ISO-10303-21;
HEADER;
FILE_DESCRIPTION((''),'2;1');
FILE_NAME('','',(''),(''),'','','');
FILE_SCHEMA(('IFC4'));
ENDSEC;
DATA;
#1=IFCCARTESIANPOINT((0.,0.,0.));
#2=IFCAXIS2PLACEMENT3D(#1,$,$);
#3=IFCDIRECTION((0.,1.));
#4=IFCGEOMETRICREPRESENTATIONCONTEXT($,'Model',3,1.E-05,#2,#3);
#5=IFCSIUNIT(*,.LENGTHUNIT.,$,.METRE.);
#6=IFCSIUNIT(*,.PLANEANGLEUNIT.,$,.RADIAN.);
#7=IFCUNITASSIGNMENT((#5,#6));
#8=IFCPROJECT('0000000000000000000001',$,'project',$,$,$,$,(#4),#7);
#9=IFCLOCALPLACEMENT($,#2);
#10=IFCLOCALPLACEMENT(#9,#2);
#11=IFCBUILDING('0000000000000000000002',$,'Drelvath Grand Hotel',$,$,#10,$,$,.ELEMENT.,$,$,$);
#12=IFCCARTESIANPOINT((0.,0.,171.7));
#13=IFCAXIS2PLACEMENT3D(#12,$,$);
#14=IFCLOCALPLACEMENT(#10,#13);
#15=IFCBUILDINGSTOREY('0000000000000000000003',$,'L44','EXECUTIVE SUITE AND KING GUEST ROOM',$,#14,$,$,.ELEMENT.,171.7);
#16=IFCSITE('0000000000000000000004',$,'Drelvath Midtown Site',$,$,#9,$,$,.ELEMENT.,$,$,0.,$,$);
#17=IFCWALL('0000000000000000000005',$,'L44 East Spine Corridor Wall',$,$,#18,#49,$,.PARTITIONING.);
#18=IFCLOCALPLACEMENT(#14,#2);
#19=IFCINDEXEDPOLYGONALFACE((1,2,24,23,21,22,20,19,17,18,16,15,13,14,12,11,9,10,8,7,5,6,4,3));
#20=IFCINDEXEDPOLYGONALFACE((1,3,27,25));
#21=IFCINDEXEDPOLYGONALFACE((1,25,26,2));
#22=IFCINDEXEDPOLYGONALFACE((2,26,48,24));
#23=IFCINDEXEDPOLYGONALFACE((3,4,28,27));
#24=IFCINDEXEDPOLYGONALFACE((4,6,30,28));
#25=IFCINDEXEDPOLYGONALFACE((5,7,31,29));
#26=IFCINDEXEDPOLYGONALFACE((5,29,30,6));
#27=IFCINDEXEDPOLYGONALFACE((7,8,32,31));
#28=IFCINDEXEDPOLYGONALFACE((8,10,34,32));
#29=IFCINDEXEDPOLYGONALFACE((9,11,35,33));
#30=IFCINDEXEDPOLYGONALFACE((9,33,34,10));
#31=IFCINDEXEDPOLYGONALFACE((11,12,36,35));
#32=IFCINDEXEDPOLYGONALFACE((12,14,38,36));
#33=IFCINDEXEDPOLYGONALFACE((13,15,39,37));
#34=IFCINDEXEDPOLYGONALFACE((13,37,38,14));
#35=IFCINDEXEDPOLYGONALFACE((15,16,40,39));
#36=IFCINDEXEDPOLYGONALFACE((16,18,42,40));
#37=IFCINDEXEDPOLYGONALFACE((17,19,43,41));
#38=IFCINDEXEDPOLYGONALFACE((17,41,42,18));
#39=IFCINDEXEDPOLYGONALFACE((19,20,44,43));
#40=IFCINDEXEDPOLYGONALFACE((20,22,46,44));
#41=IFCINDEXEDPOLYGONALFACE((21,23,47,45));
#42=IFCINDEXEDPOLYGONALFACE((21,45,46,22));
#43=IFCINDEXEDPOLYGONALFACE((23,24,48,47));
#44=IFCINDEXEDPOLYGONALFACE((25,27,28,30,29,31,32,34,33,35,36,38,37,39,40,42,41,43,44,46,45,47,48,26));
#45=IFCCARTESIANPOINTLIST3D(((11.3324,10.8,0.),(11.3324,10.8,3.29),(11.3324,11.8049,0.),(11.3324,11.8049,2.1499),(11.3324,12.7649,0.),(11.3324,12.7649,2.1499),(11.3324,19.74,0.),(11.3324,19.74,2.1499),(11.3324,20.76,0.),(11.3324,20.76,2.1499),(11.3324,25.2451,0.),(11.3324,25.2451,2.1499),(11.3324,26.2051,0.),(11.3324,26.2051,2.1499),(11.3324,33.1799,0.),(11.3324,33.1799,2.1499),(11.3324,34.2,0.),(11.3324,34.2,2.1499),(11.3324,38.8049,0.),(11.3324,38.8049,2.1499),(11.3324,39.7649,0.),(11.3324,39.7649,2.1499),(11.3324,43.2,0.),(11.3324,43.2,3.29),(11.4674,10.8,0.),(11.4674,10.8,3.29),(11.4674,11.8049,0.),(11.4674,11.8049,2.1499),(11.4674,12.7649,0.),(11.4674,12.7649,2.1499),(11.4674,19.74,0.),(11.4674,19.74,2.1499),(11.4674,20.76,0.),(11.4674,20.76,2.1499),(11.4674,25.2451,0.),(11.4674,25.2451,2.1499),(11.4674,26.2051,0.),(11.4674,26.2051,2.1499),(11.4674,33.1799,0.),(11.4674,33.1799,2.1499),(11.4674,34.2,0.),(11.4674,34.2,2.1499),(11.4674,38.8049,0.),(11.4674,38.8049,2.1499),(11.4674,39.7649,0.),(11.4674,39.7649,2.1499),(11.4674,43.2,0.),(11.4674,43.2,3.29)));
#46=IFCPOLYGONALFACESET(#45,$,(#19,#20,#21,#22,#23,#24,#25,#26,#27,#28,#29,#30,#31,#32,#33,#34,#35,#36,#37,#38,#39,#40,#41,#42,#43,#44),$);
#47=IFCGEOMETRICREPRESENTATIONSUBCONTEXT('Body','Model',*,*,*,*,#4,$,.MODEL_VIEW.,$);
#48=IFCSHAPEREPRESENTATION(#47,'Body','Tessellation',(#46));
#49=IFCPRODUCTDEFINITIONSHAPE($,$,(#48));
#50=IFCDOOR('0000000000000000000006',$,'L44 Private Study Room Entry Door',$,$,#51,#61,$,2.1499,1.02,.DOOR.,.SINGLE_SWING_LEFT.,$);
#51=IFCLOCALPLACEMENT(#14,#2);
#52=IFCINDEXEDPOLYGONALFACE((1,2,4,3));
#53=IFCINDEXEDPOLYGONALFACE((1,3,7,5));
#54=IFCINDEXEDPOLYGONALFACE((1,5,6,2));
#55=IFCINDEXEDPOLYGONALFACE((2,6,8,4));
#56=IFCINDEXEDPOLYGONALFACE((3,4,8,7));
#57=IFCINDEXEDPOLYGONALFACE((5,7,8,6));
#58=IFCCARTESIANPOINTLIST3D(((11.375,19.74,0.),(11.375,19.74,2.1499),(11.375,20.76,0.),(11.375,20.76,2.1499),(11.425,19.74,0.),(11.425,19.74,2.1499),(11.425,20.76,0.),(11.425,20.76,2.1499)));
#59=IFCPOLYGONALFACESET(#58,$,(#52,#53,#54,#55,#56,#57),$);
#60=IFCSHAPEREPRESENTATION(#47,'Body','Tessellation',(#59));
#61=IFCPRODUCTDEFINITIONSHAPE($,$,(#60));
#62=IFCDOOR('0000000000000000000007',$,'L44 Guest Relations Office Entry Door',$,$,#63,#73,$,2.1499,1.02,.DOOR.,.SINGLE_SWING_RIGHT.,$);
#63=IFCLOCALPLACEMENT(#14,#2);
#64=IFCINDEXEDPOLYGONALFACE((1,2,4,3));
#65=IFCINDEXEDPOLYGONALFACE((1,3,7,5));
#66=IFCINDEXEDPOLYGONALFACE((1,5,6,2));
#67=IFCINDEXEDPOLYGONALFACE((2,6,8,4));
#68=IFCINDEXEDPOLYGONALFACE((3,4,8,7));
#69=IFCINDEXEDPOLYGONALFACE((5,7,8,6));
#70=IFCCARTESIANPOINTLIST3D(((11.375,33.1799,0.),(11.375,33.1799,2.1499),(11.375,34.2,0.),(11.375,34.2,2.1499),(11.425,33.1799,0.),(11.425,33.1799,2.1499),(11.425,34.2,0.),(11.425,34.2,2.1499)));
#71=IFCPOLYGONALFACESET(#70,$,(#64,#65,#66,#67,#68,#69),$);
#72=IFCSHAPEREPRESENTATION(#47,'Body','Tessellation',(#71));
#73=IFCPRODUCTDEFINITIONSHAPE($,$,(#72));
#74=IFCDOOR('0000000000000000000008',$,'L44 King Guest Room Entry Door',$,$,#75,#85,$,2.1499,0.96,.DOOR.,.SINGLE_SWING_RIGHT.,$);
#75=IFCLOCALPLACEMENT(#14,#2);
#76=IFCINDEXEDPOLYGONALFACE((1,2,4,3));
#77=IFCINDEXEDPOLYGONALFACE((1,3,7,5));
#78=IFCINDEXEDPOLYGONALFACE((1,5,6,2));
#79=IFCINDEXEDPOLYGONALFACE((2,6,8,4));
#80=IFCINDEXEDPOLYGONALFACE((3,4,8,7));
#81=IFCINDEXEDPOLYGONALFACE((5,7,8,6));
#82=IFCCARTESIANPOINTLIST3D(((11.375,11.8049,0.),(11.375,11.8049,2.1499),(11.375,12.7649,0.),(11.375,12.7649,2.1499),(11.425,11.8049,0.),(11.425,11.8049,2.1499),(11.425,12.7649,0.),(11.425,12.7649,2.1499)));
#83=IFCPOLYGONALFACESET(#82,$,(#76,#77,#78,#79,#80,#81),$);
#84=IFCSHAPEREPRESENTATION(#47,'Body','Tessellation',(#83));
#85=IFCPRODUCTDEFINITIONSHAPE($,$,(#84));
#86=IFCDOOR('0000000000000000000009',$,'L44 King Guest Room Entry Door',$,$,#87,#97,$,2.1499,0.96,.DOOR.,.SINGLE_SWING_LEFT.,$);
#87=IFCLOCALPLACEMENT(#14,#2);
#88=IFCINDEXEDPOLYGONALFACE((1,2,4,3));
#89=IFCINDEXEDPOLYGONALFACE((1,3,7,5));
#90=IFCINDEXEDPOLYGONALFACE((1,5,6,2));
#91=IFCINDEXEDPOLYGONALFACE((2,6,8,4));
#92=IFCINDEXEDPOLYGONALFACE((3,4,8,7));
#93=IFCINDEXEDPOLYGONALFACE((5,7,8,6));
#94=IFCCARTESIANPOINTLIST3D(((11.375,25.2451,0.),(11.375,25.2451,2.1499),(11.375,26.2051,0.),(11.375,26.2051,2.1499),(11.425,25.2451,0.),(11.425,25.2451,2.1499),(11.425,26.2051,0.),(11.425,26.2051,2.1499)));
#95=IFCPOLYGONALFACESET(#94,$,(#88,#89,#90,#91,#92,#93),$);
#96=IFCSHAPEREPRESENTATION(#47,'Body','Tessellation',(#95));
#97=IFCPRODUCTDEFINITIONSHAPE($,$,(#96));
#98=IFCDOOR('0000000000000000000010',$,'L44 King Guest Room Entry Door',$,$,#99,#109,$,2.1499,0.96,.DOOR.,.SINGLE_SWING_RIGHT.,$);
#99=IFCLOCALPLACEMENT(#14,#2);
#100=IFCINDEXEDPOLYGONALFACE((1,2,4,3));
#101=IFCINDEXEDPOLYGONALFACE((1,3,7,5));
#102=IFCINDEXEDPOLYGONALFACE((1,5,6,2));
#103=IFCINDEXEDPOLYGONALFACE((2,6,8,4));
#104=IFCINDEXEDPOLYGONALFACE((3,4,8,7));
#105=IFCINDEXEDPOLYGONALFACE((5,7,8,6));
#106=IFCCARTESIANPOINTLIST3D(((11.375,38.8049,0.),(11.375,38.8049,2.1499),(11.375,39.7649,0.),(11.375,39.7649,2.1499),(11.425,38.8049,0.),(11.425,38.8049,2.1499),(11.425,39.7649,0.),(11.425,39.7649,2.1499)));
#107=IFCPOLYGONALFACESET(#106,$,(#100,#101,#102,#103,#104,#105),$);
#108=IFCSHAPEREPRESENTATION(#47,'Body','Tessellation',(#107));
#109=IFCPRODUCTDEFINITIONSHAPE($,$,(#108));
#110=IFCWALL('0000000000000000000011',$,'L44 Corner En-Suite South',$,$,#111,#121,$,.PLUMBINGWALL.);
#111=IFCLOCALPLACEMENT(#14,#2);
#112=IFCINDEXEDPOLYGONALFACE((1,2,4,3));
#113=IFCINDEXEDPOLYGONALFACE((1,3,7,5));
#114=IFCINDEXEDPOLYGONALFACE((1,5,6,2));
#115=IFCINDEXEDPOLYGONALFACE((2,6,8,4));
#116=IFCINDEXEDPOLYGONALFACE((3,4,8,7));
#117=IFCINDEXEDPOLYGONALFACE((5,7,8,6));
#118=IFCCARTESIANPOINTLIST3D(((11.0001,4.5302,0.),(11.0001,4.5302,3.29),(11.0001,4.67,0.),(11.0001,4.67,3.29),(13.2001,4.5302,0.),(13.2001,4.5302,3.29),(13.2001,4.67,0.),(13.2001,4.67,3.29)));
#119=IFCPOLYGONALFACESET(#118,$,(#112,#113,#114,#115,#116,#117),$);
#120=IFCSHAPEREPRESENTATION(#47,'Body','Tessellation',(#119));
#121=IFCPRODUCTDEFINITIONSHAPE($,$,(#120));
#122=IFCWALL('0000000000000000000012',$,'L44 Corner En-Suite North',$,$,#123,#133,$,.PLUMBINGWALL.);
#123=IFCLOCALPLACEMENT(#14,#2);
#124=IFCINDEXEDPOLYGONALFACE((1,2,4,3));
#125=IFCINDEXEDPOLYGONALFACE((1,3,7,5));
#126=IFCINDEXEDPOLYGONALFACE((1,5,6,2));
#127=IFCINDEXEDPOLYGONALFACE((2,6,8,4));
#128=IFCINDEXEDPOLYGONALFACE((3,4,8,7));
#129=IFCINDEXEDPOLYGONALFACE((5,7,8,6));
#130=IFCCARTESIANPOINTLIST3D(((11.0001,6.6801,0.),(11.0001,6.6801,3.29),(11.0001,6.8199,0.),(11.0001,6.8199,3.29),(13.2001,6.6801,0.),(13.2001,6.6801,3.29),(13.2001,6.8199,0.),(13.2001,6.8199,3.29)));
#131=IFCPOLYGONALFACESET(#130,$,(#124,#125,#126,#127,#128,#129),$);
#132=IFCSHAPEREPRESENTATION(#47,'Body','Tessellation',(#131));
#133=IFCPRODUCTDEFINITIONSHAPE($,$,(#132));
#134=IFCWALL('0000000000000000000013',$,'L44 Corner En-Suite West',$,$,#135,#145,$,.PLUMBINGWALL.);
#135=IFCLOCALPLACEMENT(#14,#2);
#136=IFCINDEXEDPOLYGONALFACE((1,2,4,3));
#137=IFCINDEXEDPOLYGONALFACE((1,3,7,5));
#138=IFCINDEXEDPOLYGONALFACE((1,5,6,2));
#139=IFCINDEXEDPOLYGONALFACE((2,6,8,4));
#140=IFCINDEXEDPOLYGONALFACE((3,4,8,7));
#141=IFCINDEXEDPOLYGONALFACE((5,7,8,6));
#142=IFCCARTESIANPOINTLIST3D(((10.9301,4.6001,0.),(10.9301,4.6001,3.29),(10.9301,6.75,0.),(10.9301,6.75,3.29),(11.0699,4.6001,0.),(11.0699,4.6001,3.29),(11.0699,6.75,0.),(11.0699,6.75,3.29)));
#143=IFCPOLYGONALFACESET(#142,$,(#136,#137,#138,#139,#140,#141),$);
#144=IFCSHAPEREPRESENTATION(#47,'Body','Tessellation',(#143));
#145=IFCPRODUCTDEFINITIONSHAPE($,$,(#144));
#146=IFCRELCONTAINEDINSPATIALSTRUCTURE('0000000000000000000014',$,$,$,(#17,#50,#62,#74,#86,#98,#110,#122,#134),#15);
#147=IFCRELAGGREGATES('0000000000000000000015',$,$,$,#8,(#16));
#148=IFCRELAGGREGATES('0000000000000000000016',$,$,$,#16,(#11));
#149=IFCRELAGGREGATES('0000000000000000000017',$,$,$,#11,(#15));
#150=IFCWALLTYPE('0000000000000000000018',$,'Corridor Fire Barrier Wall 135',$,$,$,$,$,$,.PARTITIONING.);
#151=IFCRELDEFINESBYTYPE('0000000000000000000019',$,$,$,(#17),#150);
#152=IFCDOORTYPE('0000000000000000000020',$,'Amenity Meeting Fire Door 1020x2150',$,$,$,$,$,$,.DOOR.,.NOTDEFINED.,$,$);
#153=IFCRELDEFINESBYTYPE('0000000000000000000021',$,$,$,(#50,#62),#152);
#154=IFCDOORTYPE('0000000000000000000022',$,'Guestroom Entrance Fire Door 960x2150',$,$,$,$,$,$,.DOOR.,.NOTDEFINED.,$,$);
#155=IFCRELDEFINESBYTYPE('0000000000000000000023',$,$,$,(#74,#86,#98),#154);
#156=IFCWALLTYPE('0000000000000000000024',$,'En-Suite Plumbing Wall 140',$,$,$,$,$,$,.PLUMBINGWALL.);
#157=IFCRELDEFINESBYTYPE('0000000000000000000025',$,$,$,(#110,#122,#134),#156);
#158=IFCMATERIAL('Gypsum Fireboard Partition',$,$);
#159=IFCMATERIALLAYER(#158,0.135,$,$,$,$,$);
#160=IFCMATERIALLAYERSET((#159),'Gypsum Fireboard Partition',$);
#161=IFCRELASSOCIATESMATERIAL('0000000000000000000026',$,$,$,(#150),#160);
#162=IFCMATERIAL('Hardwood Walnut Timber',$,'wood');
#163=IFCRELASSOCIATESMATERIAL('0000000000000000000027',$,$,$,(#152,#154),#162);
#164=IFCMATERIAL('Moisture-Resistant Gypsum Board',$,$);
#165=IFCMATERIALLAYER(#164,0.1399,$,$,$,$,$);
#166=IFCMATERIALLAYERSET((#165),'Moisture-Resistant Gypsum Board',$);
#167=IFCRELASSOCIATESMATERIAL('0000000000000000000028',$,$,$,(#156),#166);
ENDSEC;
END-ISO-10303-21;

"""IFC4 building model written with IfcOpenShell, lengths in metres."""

from ifc_helpers import new_model, si_unit, direction, frame, frame_2d, origin, place, context, subcontext, project, spatial, rectangle, extrude, material, layer, layer_set, type_object, element, fill, save


model = new_model("IFC4")

# Units and contexts
model_context = context("Model", 3, precision=1e-05, world=origin(), true_north=direction((0.0, 1.0)))
body_context = subcontext(model_context, "Body", "Model", "MODEL_VIEW")
ifc_project = project(units=[si_unit("LENGTHUNIT", "METRE"), si_unit("PLANEANGLEUNIT", "RADIAN")], contexts=[model_context])

# Site, building, storey
site_placement = place(None, origin())
site = spatial("IfcSite", under=ifc_project, at=site_placement, Name="Drelvath Midtown Site", CompositionType="ELEMENT", RefElevation=0.0)
building_placement = place(site_placement, origin())
building = spatial("IfcBuilding", under=site, at=building_placement, Name="Drelvath Grand Hotel", CompositionType="ELEMENT")
storey_placement = place(building_placement, frame((0.0, 0.0, 171.7)))
storey = spatial("IfcBuildingStorey", under=building, at=storey_placement, Name="L44", Description="EXECUTIVE SUITE AND KING GUEST ROOM", CompositionType="ELEMENT", Elevation=171.7)

# Shared definitions
ifc_material_1 = material(Name="Gypsum Fireboard Partition")
ifc_layer_1 = layer(ifc_material_1, 0.135)
ifc_layer_set_1 = layer_set([ifc_layer_1], Name="Gypsum Fireboard Partition")
wall_type_1 = type_object("IfcWallType", Name="Corridor Fire Barrier Wall 135", PredefinedType="PARTITIONING", material=ifc_layer_set_1)

# Wall, openings, doors
wall_1_placement = place(storey_placement, frame((11.3999, 10.8, 0.0), z_axis=(0.0, 0.0, 1.0), x_axis=(0.0, 1.0, 0.0)))
wall_1 = element("IfcWall", 1, at=wall_1_placement, inside=storey, type_object=wall_type_1, Name="L44 East Spine Corridor Wall", PredefinedType="PARTITIONING", context=body_context, shape_type="SweptSolid", body=[
    extrude(rectangle(XDim=32.3999, YDim=0.135, at=frame_2d((16.2, 0.0))), origin(), (0.0, 0.0, 1.0), 3.29),
])
opening_1_placement = place(wall_1_placement, frame((1.0049, 0.0, 0.0)))
opening_1 = element("IfcOpeningElement", 2, at=opening_1_placement, cuts=wall_1, PredefinedType="OPENING", context=body_context, shape_type="SweptSolid", body=[
    extrude(rectangle(XDim=0.96, YDim=2.1499, at=frame_2d((0.48, 1.075))), frame((0.0, 0.0774, 0.0), z_axis=(0.0, -1.0, 0.0), x_axis=(1.0, 0.0, 0.0)), (0.0, 0.0, 1.0), 0.155),
])
opening_2_placement = place(wall_1_placement, frame((8.9399, 0.0, 0.0)))
opening_2 = element("IfcOpeningElement", 3, at=opening_2_placement, cuts=wall_1, PredefinedType="OPENING", context=body_context, shape_type="SweptSolid", body=[
    extrude(rectangle(XDim=1.02, YDim=2.1499, at=frame_2d((0.51, 1.075))), frame((0.0, 0.0774, 0.0), z_axis=(0.0, -1.0, 0.0), x_axis=(1.0, 0.0, 0.0)), (0.0, 0.0, 1.0), 0.155),
])
opening_3_placement = place(wall_1_placement, frame((14.4451, 0.0, 0.0)))
opening_3 = element("IfcOpeningElement", 4, at=opening_3_placement, cuts=wall_1, PredefinedType="OPENING", context=body_context, shape_type="SweptSolid", body=[
    extrude(rectangle(XDim=0.96, YDim=2.1499, at=frame_2d((0.48, 1.075))), frame((0.0, 0.0774, 0.0), z_axis=(0.0, -1.0, 0.0), x_axis=(1.0, 0.0, 0.0)), (0.0, 0.0, 1.0), 0.155),
])
opening_4_placement = place(wall_1_placement, frame((22.3799, 0.0, 0.0)))
opening_4 = element("IfcOpeningElement", 5, at=opening_4_placement, cuts=wall_1, PredefinedType="OPENING", context=body_context, shape_type="SweptSolid", body=[
    extrude(rectangle(XDim=1.02, YDim=2.1499, at=frame_2d((0.51, 1.075))), frame((0.0, 0.0774, 0.0), z_axis=(0.0, -1.0, 0.0), x_axis=(1.0, 0.0, 0.0)), (0.0, 0.0, 1.0), 0.155),
])
opening_5_placement = place(wall_1_placement, frame((28.0049, 0.0, 0.0)))
opening_5 = element("IfcOpeningElement", 6, at=opening_5_placement, cuts=wall_1, PredefinedType="OPENING", context=body_context, shape_type="SweptSolid", body=[
    extrude(rectangle(XDim=0.96, YDim=2.1499, at=frame_2d((0.48, 1.075))), frame((0.0, 0.0774, 0.0), z_axis=(0.0, -1.0, 0.0), x_axis=(1.0, 0.0, 0.0)), (0.0, 0.0, 1.0), 0.155),
])
ifc_material_2 = material(Name="Hardwood Walnut Timber", Category="wood")
door_type_1 = type_object("IfcDoorType", Name="Amenity Meeting Fire Door 1020x2150", OperationType="NOTDEFINED", PredefinedType="DOOR", material=ifc_material_2)
door_1_placement = place(opening_2_placement, origin())
door_1 = element("IfcDoor", 7, at=door_1_placement, inside=storey, type_object=door_type_1, Name="L44 Private Study Room Entry Door", OperationType="SINGLE_SWING_LEFT", OverallHeight=2.1499, OverallWidth=1.02, PredefinedType="DOOR", context=body_context, shape_type="SweptSolid", body=[
    extrude(rectangle(XDim=1.02, YDim=2.1499, at=frame_2d((0.51, 1.075))), frame((0.0, 0.0249, 0.0), z_axis=(0.0, -1.0, 0.0), x_axis=(1.0, 0.0, 0.0)), (0.0, 0.0, 1.0), 0.05),
])
fill(opening_2, door_1)
door_2_placement = place(opening_4_placement, origin())
door_2 = element("IfcDoor", 8, at=door_2_placement, inside=storey, type_object=door_type_1, Name="L44 Guest Relations Office Entry Door", OperationType="SINGLE_SWING_RIGHT", OverallHeight=2.1499, OverallWidth=1.02, PredefinedType="DOOR", context=body_context, shape_type="SweptSolid", body=[
    extrude(rectangle(XDim=1.02, YDim=2.1499, at=frame_2d((0.51, 1.075))), frame((0.0, 0.0249, 0.0), z_axis=(0.0, -1.0, 0.0), x_axis=(1.0, 0.0, 0.0)), (0.0, 0.0, 1.0), 0.05),
])
fill(opening_4, door_2)
door_type_2 = type_object("IfcDoorType", Name="Guestroom Entrance Fire Door 960x2150", OperationType="NOTDEFINED", PredefinedType="DOOR", material=ifc_material_2)
door_3_placement = place(opening_1_placement, origin())
door_3 = element("IfcDoor", 9, at=door_3_placement, inside=storey, type_object=door_type_2, Name="L44 King Guest Room Entry Door", OperationType="SINGLE_SWING_RIGHT", OverallHeight=2.1499, OverallWidth=0.96, PredefinedType="DOOR", context=body_context, shape_type="SweptSolid", body=[
    extrude(rectangle(XDim=0.96, YDim=2.1499, at=frame_2d((0.48, 1.075))), frame((0.0, 0.0249, 0.0), z_axis=(0.0, -1.0, 0.0), x_axis=(1.0, 0.0, 0.0)), (0.0, 0.0, 1.0), 0.05),
])
fill(opening_1, door_3)
door_4_placement = place(opening_3_placement, origin())
door_4 = element("IfcDoor", 10, at=door_4_placement, inside=storey, type_object=door_type_2, Name="L44 King Guest Room Entry Door", OperationType="SINGLE_SWING_LEFT", OverallHeight=2.1499, OverallWidth=0.96, PredefinedType="DOOR", context=body_context, shape_type="SweptSolid", body=[
    extrude(rectangle(XDim=0.96, YDim=2.1499, at=frame_2d((0.48, 1.075))), frame((0.0, 0.0249, 0.0), z_axis=(0.0, -1.0, 0.0), x_axis=(1.0, 0.0, 0.0)), (0.0, 0.0, 1.0), 0.05),
])
fill(opening_3, door_4)
door_5_placement = place(opening_5_placement, origin())
door_5 = element("IfcDoor", 11, at=door_5_placement, inside=storey, type_object=door_type_2, Name="L44 King Guest Room Entry Door", OperationType="SINGLE_SWING_RIGHT", OverallHeight=2.1499, OverallWidth=0.96, PredefinedType="DOOR", context=body_context, shape_type="SweptSolid", body=[
    extrude(rectangle(XDim=0.96, YDim=2.1499, at=frame_2d((0.48, 1.075))), frame((0.0, 0.0249, 0.0), z_axis=(0.0, -1.0, 0.0), x_axis=(1.0, 0.0, 0.0)), (0.0, 0.0, 1.0), 0.05),
])
fill(opening_5, door_5)

# Walls
ifc_material_3 = material(Name="Moisture-Resistant Gypsum Board")
ifc_layer_2 = layer(ifc_material_3, 0.1399)
ifc_layer_set_2 = layer_set([ifc_layer_2], Name="Moisture-Resistant Gypsum Board")
wall_type_2 = type_object("IfcWallType", Name="En-Suite Plumbing Wall 140", PredefinedType="PLUMBINGWALL", material=ifc_layer_set_2)
for number, where, z_axis, x_axis, name in (
    (12, (11.0, 4.6001, 0.0), (0.0, 0.0, 1.0), (1.0, 0.0, 0.0), "L44 Corner En-Suite South"),
    (13, (11.0, 6.75, 0.0), (0.0, 0.0, 1.0), (1.0, 0.0, 0.0), "L44 Corner En-Suite North"),
):
    element("IfcWall", number, at=place(storey_placement, frame(where, z_axis=z_axis, x_axis=x_axis)), inside=storey, type_object=wall_type_2, Name=name, PredefinedType="PLUMBINGWALL", context=body_context, shape_type="SweptSolid", body=[
        extrude(rectangle(XDim=2.2, YDim=0.1399, at=frame_2d((1.1001, 0.0))), origin(), (0.0, 0.0, 1.0), 3.29),
    ])
wall_2_placement = place(storey_placement, frame((11.0, 4.6001, 0.0), z_axis=(0.0, 0.0, 1.0), x_axis=(0.0, 1.0, 0.0)))
element("IfcWall", 14, at=wall_2_placement, inside=storey, type_object=wall_type_2, Name="L44 Corner En-Suite West", PredefinedType="PLUMBINGWALL", context=body_context, shape_type="SweptSolid", body=[
    extrude(rectangle(XDim=2.1499, YDim=0.1399, at=frame_2d((1.075, 0.0))), origin(), (0.0, 0.0, 1.0), 3.29),
])

save(model, "model.ifc")
